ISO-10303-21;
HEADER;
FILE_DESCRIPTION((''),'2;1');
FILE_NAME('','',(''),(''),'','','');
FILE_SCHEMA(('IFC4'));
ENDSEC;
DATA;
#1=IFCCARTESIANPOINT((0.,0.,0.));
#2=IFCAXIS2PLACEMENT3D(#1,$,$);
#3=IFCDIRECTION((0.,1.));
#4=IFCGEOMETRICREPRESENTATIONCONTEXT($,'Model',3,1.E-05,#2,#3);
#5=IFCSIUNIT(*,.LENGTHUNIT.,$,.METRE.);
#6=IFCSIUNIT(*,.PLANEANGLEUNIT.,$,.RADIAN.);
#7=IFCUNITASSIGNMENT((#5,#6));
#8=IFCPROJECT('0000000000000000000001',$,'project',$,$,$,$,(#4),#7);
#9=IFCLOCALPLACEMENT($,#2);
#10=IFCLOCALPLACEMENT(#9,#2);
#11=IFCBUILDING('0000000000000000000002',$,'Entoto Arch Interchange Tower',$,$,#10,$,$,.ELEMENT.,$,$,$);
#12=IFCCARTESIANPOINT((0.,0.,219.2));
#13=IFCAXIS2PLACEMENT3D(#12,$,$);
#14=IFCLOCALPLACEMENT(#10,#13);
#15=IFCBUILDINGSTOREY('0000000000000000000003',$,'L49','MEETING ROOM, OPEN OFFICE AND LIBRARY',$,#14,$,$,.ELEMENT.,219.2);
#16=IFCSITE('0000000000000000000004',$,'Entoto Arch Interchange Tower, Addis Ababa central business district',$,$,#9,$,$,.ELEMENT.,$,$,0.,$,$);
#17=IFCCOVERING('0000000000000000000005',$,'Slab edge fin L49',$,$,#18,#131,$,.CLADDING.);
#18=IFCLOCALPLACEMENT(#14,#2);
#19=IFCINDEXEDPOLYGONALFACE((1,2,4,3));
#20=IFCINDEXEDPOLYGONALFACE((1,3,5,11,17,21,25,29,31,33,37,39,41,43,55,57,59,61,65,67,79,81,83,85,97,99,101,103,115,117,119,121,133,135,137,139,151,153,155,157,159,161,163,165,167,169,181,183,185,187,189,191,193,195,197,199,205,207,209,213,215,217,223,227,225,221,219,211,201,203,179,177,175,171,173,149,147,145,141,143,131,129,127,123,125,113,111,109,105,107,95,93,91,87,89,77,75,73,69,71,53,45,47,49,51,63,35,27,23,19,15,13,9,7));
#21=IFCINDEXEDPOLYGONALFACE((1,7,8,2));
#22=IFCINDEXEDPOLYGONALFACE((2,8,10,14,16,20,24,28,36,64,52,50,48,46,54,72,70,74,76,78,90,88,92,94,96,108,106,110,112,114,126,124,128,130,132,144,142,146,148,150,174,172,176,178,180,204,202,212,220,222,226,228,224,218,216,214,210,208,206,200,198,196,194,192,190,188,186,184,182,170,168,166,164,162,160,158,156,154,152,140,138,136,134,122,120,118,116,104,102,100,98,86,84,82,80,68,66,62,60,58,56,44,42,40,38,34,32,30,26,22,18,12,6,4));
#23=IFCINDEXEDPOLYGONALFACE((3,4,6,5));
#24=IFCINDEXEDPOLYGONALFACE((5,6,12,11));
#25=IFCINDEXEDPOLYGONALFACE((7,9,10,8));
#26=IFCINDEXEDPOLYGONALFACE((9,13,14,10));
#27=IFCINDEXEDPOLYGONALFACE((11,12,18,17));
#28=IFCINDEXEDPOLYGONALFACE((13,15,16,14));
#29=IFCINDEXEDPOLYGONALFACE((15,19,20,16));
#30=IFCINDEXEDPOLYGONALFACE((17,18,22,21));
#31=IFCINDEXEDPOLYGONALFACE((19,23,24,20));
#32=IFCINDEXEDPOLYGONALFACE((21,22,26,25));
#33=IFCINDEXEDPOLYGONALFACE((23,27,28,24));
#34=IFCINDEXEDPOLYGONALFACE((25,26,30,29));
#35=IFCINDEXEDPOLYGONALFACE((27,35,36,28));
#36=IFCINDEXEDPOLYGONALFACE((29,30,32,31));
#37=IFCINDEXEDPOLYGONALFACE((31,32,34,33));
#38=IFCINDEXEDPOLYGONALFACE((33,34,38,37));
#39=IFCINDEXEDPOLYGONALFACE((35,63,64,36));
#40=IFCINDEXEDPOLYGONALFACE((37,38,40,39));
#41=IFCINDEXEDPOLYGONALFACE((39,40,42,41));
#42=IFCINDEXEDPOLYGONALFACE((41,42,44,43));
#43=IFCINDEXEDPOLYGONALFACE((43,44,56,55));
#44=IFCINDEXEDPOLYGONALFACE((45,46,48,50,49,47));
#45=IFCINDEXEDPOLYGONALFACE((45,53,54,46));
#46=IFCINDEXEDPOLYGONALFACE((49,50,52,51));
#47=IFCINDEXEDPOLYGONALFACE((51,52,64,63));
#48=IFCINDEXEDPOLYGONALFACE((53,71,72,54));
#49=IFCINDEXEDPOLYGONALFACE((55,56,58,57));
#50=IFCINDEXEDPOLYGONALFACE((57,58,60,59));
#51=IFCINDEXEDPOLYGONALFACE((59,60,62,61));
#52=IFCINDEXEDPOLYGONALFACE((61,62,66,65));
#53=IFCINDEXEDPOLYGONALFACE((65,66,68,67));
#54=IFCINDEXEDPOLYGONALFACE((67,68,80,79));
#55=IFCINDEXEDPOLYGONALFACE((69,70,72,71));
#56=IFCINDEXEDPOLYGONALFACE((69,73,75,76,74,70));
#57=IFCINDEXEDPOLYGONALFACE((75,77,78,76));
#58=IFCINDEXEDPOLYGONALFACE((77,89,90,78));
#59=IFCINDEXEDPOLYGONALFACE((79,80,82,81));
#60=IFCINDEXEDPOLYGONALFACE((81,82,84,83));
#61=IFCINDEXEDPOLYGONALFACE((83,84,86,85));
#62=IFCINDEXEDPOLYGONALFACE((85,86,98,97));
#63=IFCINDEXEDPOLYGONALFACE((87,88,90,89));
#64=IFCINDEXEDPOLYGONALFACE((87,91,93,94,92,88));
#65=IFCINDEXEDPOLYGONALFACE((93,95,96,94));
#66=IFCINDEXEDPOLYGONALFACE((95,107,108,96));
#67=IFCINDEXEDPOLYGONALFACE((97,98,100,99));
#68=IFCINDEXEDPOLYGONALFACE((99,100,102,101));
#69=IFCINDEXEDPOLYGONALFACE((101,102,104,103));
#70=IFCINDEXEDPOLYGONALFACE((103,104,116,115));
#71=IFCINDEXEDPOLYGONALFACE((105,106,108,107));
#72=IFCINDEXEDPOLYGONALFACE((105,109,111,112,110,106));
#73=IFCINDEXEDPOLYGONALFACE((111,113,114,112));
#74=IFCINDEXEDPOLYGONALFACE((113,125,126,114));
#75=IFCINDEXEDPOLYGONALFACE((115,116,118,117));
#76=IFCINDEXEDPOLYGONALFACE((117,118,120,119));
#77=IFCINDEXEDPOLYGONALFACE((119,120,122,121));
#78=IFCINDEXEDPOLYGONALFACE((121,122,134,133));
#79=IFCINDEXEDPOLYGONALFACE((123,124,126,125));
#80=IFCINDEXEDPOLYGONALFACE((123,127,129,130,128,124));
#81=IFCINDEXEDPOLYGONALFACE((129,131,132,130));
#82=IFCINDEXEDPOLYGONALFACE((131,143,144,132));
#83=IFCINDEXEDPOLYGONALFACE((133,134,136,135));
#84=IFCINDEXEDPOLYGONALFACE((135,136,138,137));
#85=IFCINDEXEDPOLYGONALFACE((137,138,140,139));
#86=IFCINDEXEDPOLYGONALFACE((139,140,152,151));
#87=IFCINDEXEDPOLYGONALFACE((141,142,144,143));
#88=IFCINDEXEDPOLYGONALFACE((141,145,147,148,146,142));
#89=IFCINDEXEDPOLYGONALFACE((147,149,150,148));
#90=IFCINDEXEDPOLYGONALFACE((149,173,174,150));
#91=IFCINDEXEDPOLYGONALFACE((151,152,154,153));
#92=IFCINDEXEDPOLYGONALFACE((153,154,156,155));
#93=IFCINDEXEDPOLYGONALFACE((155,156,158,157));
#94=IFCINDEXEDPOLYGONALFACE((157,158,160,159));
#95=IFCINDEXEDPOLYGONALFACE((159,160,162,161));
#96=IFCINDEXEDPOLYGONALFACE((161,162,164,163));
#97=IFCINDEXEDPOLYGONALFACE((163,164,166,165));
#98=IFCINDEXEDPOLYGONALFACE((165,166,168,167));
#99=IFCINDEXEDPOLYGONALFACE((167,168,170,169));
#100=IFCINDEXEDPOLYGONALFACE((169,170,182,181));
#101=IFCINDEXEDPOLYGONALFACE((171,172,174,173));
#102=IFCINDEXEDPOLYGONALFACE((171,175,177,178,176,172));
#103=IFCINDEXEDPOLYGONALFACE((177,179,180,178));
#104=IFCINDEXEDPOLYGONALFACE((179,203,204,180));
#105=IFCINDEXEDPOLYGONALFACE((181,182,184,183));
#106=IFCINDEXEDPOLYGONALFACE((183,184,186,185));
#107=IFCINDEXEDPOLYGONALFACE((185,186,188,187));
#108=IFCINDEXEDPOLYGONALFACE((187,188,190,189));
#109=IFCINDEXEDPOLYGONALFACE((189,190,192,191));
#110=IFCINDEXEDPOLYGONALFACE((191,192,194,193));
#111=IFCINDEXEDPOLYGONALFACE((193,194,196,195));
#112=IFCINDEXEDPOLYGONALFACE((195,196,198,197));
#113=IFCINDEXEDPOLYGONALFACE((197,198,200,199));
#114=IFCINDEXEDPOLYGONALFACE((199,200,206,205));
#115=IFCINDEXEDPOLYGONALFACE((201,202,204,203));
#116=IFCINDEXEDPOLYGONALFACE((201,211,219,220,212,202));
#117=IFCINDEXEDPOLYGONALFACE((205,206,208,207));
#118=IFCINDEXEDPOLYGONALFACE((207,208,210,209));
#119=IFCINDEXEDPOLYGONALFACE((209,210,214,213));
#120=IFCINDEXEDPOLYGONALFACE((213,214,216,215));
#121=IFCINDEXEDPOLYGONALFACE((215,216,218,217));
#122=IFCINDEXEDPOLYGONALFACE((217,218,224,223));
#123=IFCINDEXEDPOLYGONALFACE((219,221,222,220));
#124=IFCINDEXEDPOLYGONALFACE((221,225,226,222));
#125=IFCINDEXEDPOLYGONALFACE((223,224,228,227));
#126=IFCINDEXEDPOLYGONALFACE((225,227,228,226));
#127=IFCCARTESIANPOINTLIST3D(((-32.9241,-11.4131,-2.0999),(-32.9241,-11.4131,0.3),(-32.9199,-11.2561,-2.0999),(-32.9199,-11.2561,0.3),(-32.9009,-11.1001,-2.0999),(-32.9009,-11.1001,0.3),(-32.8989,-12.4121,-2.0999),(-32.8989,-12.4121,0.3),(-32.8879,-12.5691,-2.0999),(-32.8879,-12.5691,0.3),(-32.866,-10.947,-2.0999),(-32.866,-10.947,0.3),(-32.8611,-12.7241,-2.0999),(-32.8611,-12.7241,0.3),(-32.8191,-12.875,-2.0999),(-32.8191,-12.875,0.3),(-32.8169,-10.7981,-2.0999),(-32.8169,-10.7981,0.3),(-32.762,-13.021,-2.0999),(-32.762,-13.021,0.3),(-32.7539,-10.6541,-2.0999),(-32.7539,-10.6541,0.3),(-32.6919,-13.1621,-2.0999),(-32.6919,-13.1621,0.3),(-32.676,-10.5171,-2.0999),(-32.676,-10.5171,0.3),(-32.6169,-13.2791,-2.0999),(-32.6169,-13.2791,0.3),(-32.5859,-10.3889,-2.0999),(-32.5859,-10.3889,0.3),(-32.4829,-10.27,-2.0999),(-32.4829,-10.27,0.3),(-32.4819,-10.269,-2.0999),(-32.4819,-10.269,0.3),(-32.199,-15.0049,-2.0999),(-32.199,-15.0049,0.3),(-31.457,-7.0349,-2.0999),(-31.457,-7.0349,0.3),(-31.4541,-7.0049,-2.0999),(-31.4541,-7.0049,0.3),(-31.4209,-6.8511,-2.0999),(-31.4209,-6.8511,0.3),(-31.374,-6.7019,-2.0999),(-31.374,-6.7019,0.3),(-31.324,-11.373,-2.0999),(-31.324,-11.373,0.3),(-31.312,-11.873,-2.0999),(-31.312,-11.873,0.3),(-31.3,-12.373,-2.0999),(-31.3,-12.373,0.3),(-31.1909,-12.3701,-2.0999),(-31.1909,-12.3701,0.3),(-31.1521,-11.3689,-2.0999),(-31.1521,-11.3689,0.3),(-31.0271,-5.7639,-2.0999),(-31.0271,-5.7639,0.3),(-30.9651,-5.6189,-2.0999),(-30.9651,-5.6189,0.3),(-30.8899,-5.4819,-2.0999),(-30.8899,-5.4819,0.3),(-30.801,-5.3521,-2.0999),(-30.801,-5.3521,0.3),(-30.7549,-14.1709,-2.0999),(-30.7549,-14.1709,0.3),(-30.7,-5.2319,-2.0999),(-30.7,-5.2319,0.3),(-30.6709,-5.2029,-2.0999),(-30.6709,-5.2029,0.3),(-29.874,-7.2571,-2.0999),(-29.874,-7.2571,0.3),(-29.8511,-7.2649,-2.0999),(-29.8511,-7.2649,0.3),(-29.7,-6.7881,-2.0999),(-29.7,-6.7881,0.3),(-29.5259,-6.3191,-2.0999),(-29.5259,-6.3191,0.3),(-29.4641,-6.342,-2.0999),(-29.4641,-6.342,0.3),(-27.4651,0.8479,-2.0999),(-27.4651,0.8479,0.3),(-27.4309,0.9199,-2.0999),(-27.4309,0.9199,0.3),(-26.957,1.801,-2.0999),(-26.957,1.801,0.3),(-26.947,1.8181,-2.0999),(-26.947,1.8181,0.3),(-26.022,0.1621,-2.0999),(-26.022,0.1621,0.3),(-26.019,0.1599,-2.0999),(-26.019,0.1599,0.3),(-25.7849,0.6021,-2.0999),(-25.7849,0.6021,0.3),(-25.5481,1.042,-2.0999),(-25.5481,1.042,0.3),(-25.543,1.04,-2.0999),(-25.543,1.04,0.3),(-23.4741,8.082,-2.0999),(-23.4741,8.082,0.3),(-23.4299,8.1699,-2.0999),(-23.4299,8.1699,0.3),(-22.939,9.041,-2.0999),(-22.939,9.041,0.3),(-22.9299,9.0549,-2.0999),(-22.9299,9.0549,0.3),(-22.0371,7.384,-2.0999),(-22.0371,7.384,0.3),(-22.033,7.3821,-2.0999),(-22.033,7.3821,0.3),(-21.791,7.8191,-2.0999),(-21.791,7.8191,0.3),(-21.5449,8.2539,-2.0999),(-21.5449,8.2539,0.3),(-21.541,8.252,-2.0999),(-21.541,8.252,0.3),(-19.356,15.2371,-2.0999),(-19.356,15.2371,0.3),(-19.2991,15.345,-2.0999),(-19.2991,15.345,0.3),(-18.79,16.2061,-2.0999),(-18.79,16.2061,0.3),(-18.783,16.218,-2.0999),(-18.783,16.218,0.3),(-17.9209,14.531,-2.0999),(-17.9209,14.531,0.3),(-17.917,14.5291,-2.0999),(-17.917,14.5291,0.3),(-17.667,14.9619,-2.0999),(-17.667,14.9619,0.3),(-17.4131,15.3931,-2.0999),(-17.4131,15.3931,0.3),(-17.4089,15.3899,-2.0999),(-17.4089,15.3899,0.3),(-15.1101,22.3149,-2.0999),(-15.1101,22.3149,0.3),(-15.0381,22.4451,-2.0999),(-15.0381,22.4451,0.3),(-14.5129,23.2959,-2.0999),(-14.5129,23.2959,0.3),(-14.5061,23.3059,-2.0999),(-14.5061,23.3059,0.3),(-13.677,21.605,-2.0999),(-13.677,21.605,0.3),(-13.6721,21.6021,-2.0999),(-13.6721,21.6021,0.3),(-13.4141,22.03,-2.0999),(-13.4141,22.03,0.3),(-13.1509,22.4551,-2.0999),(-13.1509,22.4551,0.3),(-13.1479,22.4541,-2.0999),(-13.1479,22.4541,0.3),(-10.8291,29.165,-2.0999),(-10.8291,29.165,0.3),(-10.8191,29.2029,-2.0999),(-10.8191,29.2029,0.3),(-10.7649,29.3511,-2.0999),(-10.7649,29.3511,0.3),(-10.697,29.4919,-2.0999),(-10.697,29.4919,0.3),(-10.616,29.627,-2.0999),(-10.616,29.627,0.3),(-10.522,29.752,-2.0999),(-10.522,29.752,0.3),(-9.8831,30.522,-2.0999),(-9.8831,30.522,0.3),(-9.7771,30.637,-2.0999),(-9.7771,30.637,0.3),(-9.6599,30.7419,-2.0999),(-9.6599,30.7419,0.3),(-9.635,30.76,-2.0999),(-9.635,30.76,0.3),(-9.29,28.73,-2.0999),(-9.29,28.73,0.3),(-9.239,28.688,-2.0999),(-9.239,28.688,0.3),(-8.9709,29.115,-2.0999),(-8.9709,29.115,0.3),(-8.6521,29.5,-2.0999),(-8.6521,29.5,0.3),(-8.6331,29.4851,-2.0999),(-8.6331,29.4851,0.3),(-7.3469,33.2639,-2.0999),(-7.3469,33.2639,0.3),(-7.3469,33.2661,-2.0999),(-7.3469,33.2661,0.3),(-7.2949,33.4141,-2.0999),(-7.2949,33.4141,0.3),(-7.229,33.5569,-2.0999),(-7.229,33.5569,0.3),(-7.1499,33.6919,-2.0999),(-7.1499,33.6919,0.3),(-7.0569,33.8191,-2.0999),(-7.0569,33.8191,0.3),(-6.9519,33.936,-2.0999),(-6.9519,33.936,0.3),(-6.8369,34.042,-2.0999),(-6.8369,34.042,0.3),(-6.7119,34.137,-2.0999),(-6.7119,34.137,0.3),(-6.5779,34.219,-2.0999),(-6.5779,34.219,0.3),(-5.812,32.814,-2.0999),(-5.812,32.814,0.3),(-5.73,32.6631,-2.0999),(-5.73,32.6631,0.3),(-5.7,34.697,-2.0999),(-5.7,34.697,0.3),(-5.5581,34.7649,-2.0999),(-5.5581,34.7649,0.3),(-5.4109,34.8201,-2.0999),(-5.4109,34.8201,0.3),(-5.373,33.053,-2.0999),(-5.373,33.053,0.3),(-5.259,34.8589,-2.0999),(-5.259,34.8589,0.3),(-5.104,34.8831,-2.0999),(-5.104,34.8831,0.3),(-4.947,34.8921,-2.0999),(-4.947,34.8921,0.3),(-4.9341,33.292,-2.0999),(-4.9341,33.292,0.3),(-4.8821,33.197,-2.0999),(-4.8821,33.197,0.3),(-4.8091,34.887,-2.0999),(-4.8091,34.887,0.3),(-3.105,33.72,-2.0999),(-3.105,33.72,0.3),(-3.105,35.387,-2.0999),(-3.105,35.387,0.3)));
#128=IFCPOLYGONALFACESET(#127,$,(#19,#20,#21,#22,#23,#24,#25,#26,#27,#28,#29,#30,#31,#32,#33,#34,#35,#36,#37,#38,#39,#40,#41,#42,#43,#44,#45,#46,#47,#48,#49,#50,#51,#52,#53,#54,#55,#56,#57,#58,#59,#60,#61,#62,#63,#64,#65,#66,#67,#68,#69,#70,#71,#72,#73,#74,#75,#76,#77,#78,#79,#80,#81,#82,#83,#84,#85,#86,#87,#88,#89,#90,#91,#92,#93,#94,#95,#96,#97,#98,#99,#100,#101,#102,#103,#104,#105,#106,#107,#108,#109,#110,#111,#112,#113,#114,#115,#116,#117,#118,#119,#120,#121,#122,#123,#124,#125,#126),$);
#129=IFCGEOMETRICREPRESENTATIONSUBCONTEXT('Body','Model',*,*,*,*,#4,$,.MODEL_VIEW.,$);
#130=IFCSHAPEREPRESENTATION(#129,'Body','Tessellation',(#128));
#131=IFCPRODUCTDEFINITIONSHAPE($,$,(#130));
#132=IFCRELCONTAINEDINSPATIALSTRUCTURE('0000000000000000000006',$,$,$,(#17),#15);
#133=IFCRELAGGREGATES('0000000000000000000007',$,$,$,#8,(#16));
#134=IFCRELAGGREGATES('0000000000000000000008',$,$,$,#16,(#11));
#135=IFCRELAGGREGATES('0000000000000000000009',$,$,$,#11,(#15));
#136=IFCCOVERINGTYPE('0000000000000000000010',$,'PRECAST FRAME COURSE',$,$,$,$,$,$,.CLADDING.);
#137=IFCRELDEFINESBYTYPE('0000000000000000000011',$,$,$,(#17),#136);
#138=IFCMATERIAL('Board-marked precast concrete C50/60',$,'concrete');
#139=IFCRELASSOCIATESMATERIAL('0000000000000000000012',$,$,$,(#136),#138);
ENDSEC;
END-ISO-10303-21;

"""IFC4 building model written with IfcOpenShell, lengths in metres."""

from ifc_helpers import new_model, si_unit, direction, frame, origin, place, context, subcontext, project, spatial, polyline, outline, extrude, material, type_object, element, save


model = new_model("IFC4")

# Units and contexts
model_context = context("Model", 3, precision=1e-05, world=origin(), true_north=direction((0.0, 1.0)))
body_context = subcontext(model_context, "Body", "Model", "MODEL_VIEW")
ifc_project = project(units=[si_unit("LENGTHUNIT", "METRE"), si_unit("PLANEANGLEUNIT", "RADIAN")], contexts=[model_context])

# Site, building, storey
site_placement = place(None, origin())
site = spatial("IfcSite", under=ifc_project, at=site_placement, Name="Entoto Arch Interchange Tower, Addis Ababa central business district", CompositionType="ELEMENT", RefElevation=0.0)
building_placement = place(site_placement, origin())
building = spatial("IfcBuilding", under=site, at=building_placement, Name="Entoto Arch Interchange Tower", CompositionType="ELEMENT")
storey_placement = place(building_placement, frame((0.0, 0.0, 219.2)))
storey = spatial("IfcBuildingStorey", under=building, at=storey_placement, Name="L49", Description="MEETING ROOM, OPEN OFFICE AND LIBRARY", CompositionType="ELEMENT", Elevation=219.2)

# Covering
ifc_material_1 = material(Name="Board-marked precast concrete C50/60", Category="concrete")
covering_type = type_object("IfcCoveringType", Name="PRECAST FRAME COURSE", PredefinedType="CLADDING", material=ifc_material_1)
covering_1_placement = place(storey_placement, frame((0.0, 0.0, -2.0999)))
element("IfcCovering", 1, at=covering_1_placement, inside=storey, type_object=covering_type, Name="Slab edge fin L49", PredefinedType="CLADDING", context=body_context, shape_type="SweptSolid", body=[
    extrude(outline(polyline([(-32.8879, -12.5691), (-32.8989, -12.4121), (-32.9241, -11.4131), (-32.9199, -11.2561), (-32.9009, -11.1001), (-32.866, -10.947), (-32.8169, -10.7981), (-32.7539, -10.6541), (-32.676, -10.5171), (-32.5859, -10.3889), (-32.4829, -10.27), (-32.4819, -10.269), (-31.457, -7.0349), (-31.4541, -7.0049), (-31.4209, -6.8511), (-31.374, -6.7019), (-31.0271, -5.7639), (-30.9651, -5.6189), (-30.8899, -5.4819), (-30.801, -5.3521), (-30.7, -5.2319), (-30.6709, -5.2029), (-27.4651, 0.8479), (-27.4309, 0.9199), (-26.957, 1.801), (-26.947, 1.8181), (-23.4741, 8.082), (-23.4299, 8.1699), (-22.939, 9.041), (-22.9299, 9.0549), (-19.356, 15.2371), (-19.2991, 15.345), (-18.79, 16.2061), (-18.783, 16.218), (-15.1101, 22.3149), (-15.0381, 22.4451), (-14.5129, 23.2959), (-14.5061, 23.3059), (-10.8291, 29.165), (-10.8191, 29.2029), (-10.7649, 29.3511), (-10.697, 29.4919), (-10.616, 29.627), (-10.522, 29.752), (-9.8831, 30.522), (-9.7771, 30.637), (-9.6599, 30.7419), (-9.635, 30.76), (-7.3469, 33.2639), (-7.3469, 33.2661), (-7.2949, 33.4141), (-7.229, 33.5569), (-7.1499, 33.6919), (-7.0569, 33.8191), (-6.9519, 33.936), (-6.8369, 34.042), (-6.7119, 34.137), (-6.5779, 34.219), (-5.7, 34.697), (-5.5581, 34.7649), (-5.4109, 34.8201), (-5.259, 34.8589), (-5.104, 34.8831), (-4.947, 34.8921), (-4.8091, 34.887), (-3.105, 35.387), (-3.105, 33.72), (-4.8821, 33.197), (-4.9341, 33.292), (-5.373, 33.053), (-5.812, 32.814), (-5.73, 32.6631), (-8.6331, 29.4851), (-8.6521, 29.5), (-8.9709, 29.115), (-9.29, 28.73), (-9.239, 28.688), (-13.1479, 22.4541), (-13.1509, 22.4551), (-13.4141, 22.03), (-13.677, 21.605), (-13.6721, 21.6021), (-17.4089, 15.3899), (-17.4131, 15.3931), (-17.667, 14.9619), (-17.9209, 14.531), (-17.917, 14.5291), (-21.541, 8.252), (-21.5449, 8.2539), (-21.791, 7.8191), (-22.0371, 7.384), (-22.033, 7.3821), (-25.543, 1.04), (-25.5481, 1.042), (-25.7849, 0.6021), (-26.022, 0.1621), (-26.019, 0.1599), (-29.4641, -6.342), (-29.5259, -6.3191), (-29.7, -6.7881), (-29.874, -7.2571), (-29.8511, -7.2649), (-31.1521, -11.3689), (-31.324, -11.373), (-31.312, -11.873), (-31.3, -12.373), (-31.1909, -12.3701), (-30.7549, -14.1709), (-32.199, -15.0049), (-32.6169, -13.2791), (-32.6919, -13.1621), (-32.762, -13.021), (-32.8191, -12.875), (-32.8611, -12.7241), (-32.8879, -12.5691)])), origin(), (0.0, 0.0, 1.0), 2.3999),
])

save(model, "model.ifc")
